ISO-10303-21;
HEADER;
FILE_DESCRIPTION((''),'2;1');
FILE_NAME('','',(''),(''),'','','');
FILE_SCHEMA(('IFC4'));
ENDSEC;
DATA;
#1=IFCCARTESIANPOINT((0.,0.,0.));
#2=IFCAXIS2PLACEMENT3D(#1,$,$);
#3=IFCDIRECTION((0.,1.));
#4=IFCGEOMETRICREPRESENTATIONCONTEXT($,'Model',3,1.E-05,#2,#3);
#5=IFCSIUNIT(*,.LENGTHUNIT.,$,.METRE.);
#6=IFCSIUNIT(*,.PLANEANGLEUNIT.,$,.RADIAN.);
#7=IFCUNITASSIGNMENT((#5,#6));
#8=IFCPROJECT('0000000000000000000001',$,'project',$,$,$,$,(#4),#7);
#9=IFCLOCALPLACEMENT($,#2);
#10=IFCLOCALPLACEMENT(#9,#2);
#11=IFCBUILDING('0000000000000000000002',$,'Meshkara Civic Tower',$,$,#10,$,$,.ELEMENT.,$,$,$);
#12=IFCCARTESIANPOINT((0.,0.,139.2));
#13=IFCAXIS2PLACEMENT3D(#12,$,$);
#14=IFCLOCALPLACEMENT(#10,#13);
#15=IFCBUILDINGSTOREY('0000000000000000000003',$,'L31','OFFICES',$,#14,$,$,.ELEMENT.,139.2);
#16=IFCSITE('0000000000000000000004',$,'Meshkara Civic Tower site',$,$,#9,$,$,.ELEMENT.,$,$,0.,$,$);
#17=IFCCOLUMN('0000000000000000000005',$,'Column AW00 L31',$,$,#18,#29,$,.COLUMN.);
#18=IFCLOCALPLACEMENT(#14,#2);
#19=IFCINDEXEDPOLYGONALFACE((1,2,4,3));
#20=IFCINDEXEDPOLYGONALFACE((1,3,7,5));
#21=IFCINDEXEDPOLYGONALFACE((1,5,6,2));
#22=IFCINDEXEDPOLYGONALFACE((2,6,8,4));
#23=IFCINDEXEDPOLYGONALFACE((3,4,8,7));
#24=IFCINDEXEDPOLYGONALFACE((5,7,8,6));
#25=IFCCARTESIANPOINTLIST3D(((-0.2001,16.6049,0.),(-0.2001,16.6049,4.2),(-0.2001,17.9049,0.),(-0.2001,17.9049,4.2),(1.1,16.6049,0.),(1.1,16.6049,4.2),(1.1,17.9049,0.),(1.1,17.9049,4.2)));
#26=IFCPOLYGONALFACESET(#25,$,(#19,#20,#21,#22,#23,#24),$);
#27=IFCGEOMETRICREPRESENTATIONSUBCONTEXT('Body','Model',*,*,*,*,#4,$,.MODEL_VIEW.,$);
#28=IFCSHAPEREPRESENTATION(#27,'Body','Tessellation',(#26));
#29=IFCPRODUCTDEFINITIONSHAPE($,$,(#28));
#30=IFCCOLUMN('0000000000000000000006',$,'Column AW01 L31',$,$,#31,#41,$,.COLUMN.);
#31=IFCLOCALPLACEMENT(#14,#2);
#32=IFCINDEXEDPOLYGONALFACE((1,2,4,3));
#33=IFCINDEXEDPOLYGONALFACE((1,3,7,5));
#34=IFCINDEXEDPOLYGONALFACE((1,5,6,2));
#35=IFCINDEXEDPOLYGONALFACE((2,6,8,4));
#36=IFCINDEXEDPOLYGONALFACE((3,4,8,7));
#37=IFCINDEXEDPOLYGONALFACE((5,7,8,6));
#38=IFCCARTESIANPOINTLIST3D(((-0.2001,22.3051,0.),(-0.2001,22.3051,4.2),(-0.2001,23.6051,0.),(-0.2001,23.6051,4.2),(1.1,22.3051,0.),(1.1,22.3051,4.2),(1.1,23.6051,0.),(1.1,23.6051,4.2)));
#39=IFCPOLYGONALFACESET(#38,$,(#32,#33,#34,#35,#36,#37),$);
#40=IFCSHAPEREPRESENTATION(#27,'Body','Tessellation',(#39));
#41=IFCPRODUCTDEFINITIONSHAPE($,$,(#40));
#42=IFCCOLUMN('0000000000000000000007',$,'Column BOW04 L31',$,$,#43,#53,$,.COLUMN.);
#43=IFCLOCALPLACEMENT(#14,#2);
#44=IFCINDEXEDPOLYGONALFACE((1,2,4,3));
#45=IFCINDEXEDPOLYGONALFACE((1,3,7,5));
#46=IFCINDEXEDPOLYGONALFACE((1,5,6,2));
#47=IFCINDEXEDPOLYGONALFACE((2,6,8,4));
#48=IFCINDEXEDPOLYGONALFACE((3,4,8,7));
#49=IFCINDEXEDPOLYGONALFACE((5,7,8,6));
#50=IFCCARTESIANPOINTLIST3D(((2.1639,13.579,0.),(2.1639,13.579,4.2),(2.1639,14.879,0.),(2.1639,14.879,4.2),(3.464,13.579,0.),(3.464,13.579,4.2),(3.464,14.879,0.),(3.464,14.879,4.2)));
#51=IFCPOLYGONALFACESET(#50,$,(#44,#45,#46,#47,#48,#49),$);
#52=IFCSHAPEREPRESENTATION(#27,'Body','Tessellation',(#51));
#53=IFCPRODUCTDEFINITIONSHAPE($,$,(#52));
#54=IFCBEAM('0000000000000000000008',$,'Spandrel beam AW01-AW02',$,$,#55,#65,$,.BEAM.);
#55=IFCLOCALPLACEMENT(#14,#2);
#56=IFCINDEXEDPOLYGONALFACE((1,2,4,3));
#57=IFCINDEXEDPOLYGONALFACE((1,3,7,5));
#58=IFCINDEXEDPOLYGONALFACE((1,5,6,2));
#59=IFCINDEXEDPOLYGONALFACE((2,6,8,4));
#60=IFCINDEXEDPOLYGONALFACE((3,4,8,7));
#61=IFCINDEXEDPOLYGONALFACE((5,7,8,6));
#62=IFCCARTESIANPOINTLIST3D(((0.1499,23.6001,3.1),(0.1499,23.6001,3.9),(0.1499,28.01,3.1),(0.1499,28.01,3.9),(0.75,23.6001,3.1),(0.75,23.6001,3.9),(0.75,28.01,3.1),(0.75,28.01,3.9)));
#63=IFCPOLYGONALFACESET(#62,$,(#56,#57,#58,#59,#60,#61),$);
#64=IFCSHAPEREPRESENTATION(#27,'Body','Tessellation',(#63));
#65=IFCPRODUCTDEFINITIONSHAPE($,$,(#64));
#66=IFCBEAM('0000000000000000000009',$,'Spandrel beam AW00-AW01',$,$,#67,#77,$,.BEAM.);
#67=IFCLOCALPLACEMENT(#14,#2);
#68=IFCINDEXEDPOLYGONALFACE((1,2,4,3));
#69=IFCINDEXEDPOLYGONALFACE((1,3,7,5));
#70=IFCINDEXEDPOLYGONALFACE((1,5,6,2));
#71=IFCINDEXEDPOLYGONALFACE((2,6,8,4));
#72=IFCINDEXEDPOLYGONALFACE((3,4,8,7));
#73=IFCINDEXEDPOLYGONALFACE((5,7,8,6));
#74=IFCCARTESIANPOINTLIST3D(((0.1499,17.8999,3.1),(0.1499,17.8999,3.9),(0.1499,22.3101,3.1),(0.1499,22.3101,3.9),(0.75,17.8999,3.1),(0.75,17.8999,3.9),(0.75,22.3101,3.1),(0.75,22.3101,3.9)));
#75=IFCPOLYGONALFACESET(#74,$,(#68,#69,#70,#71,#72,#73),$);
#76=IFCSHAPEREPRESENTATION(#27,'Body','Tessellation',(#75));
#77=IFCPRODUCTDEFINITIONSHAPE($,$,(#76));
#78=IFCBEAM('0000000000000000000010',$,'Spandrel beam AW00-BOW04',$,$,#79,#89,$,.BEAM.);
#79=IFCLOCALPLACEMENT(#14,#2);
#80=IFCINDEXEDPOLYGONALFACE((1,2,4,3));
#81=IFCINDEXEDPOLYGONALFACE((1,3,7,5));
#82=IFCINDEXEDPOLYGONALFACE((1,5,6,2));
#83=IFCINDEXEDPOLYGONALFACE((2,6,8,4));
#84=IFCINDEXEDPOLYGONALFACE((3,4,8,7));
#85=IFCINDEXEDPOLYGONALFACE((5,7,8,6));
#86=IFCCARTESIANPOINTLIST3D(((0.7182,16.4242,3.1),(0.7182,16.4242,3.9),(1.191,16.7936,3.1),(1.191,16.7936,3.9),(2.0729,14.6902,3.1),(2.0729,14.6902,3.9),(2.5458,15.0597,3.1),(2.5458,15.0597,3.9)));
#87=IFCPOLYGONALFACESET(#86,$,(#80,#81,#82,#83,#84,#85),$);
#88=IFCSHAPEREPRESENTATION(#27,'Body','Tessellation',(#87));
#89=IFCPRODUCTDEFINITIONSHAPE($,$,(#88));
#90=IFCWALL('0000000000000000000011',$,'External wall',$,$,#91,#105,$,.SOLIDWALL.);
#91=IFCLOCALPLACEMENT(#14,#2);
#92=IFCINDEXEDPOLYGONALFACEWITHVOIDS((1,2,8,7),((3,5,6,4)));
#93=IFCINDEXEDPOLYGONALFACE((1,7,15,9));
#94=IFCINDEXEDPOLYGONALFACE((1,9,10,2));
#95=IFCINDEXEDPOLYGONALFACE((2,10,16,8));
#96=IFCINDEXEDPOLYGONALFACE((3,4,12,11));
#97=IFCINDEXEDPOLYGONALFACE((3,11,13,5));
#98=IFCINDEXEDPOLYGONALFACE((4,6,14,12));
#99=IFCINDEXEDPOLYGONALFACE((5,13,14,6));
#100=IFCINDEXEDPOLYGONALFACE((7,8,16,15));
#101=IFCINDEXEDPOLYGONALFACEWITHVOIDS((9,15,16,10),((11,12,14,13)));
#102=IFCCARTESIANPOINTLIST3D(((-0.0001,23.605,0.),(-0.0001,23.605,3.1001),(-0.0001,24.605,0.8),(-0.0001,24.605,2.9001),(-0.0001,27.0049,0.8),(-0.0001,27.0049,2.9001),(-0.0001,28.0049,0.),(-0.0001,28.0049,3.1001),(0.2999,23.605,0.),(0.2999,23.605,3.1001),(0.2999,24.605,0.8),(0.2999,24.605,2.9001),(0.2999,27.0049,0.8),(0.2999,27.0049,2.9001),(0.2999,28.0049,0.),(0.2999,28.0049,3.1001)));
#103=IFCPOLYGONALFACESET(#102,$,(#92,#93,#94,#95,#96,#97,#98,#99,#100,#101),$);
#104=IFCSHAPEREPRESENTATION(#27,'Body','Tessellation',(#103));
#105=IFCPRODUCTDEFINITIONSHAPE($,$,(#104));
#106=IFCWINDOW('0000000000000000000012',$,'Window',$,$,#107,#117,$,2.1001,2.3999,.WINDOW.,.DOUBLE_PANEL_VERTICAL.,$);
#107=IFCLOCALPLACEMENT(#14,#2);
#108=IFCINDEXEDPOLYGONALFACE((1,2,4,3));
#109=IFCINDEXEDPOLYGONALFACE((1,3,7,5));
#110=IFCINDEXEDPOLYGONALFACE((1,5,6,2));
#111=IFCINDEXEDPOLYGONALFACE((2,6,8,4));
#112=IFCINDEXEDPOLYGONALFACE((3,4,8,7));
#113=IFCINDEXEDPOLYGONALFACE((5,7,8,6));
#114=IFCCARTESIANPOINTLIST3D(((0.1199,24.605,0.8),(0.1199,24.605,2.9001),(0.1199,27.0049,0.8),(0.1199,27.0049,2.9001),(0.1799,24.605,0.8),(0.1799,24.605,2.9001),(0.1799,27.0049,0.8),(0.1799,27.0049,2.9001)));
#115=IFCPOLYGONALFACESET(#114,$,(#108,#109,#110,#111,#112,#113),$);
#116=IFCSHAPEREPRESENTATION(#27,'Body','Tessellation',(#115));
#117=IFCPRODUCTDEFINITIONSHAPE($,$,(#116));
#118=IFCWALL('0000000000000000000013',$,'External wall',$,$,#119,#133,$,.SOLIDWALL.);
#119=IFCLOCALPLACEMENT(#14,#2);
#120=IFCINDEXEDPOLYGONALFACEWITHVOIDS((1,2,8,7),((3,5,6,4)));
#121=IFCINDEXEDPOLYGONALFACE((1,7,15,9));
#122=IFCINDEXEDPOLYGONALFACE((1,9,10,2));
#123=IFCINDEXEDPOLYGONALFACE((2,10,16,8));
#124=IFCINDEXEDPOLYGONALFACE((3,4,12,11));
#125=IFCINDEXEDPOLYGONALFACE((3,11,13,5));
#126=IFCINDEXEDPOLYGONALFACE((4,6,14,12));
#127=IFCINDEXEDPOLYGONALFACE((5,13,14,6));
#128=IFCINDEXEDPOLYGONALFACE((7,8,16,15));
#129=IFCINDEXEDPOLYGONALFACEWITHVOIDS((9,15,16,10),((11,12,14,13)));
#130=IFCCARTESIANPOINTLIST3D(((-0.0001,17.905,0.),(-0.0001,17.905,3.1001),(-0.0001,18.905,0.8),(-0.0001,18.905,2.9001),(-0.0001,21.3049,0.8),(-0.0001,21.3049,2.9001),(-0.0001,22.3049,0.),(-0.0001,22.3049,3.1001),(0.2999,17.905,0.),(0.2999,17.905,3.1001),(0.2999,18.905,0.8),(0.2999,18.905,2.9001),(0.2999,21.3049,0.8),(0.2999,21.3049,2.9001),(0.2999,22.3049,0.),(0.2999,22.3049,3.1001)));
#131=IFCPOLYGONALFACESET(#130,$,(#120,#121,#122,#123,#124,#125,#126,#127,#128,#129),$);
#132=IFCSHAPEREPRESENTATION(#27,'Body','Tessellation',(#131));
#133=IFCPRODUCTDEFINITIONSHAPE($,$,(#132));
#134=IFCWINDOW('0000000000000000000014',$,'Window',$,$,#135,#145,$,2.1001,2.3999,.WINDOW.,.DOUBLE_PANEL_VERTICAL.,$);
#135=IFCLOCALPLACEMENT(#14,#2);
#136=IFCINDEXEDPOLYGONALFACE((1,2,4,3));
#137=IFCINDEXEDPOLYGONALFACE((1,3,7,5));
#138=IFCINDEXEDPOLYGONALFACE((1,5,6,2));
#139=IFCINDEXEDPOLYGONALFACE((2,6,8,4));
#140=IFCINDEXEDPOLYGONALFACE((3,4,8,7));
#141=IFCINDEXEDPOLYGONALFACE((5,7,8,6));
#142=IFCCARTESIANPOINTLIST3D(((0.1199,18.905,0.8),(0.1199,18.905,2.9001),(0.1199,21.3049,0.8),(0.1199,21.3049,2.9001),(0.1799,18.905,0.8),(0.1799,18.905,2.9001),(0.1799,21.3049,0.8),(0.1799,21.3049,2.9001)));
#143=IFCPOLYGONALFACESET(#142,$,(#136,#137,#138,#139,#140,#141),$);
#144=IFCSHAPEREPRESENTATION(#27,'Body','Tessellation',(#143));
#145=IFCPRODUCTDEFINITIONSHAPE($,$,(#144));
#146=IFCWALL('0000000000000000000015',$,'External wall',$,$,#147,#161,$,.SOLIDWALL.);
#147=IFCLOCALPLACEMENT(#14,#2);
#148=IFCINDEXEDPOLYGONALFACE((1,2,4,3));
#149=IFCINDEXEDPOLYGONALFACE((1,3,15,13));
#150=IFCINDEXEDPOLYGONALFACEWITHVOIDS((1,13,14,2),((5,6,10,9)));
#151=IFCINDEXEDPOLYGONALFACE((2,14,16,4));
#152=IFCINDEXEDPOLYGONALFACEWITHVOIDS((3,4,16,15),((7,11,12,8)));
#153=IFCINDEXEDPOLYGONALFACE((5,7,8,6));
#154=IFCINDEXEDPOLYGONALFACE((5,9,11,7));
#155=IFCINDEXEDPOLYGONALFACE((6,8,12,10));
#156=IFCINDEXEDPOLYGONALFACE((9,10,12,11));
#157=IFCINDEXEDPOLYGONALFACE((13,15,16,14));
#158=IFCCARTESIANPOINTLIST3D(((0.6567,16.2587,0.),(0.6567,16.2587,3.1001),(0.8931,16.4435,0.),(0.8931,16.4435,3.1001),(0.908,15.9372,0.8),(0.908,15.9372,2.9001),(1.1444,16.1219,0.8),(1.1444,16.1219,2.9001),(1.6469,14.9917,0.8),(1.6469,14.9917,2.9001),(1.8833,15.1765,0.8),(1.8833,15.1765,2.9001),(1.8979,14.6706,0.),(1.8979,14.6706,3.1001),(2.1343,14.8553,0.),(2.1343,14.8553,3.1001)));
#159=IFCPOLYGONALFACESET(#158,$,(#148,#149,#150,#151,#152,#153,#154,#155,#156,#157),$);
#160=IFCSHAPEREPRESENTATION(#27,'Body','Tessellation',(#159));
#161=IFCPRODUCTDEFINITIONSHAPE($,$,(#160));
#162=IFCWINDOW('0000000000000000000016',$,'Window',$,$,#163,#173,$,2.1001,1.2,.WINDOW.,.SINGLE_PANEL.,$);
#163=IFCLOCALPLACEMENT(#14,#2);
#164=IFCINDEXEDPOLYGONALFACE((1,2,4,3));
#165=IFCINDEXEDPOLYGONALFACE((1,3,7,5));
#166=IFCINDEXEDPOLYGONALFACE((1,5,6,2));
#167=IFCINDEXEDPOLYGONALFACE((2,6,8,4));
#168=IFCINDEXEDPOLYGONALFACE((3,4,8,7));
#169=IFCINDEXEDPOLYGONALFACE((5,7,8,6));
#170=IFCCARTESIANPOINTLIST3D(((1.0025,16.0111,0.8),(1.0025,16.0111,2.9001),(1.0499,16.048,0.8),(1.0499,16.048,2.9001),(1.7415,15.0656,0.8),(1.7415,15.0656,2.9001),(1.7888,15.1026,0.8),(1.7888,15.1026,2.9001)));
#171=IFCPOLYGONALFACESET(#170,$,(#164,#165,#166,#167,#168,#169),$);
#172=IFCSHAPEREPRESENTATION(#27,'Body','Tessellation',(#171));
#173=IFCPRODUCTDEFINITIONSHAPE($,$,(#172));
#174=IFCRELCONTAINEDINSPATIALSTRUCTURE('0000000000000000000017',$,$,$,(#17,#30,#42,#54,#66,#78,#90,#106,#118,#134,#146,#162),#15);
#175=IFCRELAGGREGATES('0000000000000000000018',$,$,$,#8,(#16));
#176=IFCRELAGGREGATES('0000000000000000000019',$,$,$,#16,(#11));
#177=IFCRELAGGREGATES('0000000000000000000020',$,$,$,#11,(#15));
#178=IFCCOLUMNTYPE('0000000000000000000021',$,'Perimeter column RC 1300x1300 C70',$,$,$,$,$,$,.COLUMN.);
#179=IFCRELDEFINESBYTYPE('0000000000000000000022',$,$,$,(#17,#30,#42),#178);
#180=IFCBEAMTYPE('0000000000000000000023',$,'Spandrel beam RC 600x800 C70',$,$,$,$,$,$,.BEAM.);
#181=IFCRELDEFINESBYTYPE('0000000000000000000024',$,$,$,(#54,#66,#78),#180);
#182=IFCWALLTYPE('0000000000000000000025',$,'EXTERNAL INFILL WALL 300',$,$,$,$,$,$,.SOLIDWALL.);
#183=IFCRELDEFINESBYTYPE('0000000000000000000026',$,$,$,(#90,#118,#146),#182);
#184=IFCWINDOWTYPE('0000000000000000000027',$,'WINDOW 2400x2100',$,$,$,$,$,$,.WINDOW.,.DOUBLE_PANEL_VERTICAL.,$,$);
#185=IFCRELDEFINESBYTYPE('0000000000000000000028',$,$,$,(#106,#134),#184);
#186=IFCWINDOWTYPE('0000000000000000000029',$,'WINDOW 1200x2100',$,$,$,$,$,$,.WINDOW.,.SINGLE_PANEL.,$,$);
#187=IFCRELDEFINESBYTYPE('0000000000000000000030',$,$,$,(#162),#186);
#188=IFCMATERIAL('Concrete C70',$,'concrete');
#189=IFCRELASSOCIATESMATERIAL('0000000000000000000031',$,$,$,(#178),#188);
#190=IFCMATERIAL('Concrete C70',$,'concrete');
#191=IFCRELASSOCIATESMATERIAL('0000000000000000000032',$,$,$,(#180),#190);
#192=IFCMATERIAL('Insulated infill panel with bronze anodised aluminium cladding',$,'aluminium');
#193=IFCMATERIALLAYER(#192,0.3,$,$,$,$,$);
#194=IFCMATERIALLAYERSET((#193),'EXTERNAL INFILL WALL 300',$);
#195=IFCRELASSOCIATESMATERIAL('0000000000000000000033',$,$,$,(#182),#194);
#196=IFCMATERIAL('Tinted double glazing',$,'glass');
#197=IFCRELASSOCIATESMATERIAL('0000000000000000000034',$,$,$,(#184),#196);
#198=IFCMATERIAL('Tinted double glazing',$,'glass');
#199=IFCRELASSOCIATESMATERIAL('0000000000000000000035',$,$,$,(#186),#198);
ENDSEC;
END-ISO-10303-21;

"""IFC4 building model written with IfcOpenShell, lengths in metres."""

from ifc_helpers import new_model, si_unit, direction, frame, frame_2d, origin, origin_2d, place, context, subcontext, project, spatial, rectangle, extrude, material, layer, layer_set, material_profile, profile_set, type_object, element, fill, save


model = new_model("IFC4")

# Units and contexts
model_context = context("Model", 3, precision=1e-05, world=origin(), true_north=direction((0.0, 1.0)))
body_context = subcontext(model_context, "Body", "Model", "MODEL_VIEW")
ifc_project = project(units=[si_unit("LENGTHUNIT", "METRE"), si_unit("PLANEANGLEUNIT", "RADIAN")], contexts=[model_context])

# Site, building, storey
site_placement = place(None, origin())
site = spatial("IfcSite", under=ifc_project, at=site_placement, Name="Meshkara Civic Tower site", CompositionType="ELEMENT", RefElevation=0.0)
building_placement = place(site_placement, origin())
building = spatial("IfcBuilding", under=site, at=building_placement, Name="Meshkara Civic Tower", CompositionType="ELEMENT")
storey_placement = place(building_placement, frame((0.0, 0.0, 139.2)))
storey = spatial("IfcBuildingStorey", under=building, at=storey_placement, Name="L31", Description="OFFICES", CompositionType="ELEMENT", Elevation=139.2)

# Columns
ifc_material_1 = material(Name="Concrete C70", Category="concrete")
ifc_material_profile_1 = material_profile(ifc_material_1, rectangle(XDim=1.3, YDim=1.3, at=origin_2d()))
ifc_profile_set_1 = profile_set([ifc_material_profile_1], Name="Concrete C70")
column_type = type_object("IfcColumnType", Name="Perimeter column RC 1300x1300 C70", PredefinedType="COLUMN", material=ifc_profile_set_1)
for number, where, z_axis, x_axis, name in (
    (1, (0.45, 17.2549, 0.0), (0.0, 0.0, 1.0), (1.0, 0.0, 0.0), "Column AW00 L31"),
    (2, (0.45, 22.9551, 0.0), (0.0, 0.0, 1.0), (1.0, 0.0, 0.0), "Column AW01 L31"),
    (3, (2.814, 14.229, 0.0), (0.0, 0.0, 1.0), (1.0, 0.0, 0.0), "Column BOW04 L31"),
):
    element("IfcColumn", number, at=place(storey_placement, frame(where, z_axis=z_axis, x_axis=x_axis)), inside=storey, type_object=column_type, Name=name, PredefinedType="COLUMN", context=body_context, shape_type="SweptSolid", body=[
        extrude(rectangle(XDim=1.3, YDim=1.3, at=origin_2d()), origin(), (0.0, 0.0, 1.0), 4.2),
    ])

# Beams
ifc_material_2 = material(Name="Concrete C70", Category="concrete")
ifc_material_profile_2 = material_profile(ifc_material_2, rectangle(XDim=0.6001, YDim=0.8, at=origin_2d()))
ifc_profile_set_2 = profile_set([ifc_material_profile_2], Name="Concrete C70")
beam_type = type_object("IfcBeamType", Name="Spandrel beam RC 600x800 C70", PredefinedType="BEAM", material=ifc_profile_set_2)
beam_1_placement = place(storey_placement, frame((0.45, 28.01, 3.5), z_axis=(0.0, -1.0, 0.0), x_axis=(1.0, 0.0, 0.0)))
element("IfcBeam", 4, at=beam_1_placement, inside=storey, type_object=beam_type, Name="Spandrel beam AW01-AW02", PredefinedType="BEAM", context=body_context, shape_type="SweptSolid", body=[
    extrude(rectangle(XDim=0.6001, YDim=0.8, at=origin_2d()), origin(), (0.0, 0.0, 1.0), 4.4099),
])
beam_2_placement = place(storey_placement, frame((0.45, 22.3101, 3.5), z_axis=(0.0, -1.0, 0.0), x_axis=(1.0, 0.0, 0.0)))
element("IfcBeam", 5, at=beam_2_placement, inside=storey, type_object=beam_type, Name="Spandrel beam AW00-AW01", PredefinedType="BEAM", context=body_context, shape_type="SweptSolid", body=[
    extrude(rectangle(XDim=0.6001, YDim=0.8, at=origin_2d()), origin(), (0.0, 0.0, 1.0), 4.4102),
])
beam_3_placement = place(storey_placement, frame((0.9546, 16.6089, 3.5), z_axis=(0.615683, -0.787994, 0.0), x_axis=(0.787994, 0.615683, 0.0)))
element("IfcBeam", 6, at=beam_3_placement, inside=storey, type_object=beam_type, Name="Spandrel beam AW00-BOW04", PredefinedType="BEAM", context=body_context, shape_type="SweptSolid", body=[
    extrude(rectangle(XDim=0.6001, YDim=0.8, at=origin_2d()), origin(), (0.0, 0.0, 1.0), 2.2004),
])

# Walls, openings, windows
ifc_material_3 = material(Name="Insulated infill panel with bronze anodised aluminium cladding", Category="aluminium")
ifc_layer_1 = layer(ifc_material_3, 0.3)
ifc_layer_set_1 = layer_set([ifc_layer_1], Name="EXTERNAL INFILL WALL 300")
wall_type_1 = type_object("IfcWallType", Name="EXTERNAL INFILL WALL 300", PredefinedType="SOLIDWALL", material=ifc_layer_set_1)
wall_1_placement = place(storey_placement, frame((0.1499, 28.0049, 0.0), z_axis=(0.0, 0.0, 1.0), x_axis=(0.0, -1.0, 0.0)))
wall_1 = element("IfcWall", 7, at=wall_1_placement, inside=storey, type_object=wall_type_1, Name="External wall", PredefinedType="SOLIDWALL", context=body_context, shape_type="SweptSolid", body=[
    extrude(rectangle(XDim=4.3999, YDim=0.3, at=frame_2d((2.2, 0.0))), origin(), (0.0, 0.0, 1.0), 3.1001),
])
opening_1_placement = place(wall_1_placement, frame((1.0, 0.0, 0.8)))
opening_1 = element("IfcOpeningElement", 8, at=opening_1_placement, cuts=wall_1, PredefinedType="OPENING", context=body_context, shape_type="SweptSolid", body=[
    extrude(rectangle(XDim=2.3999, YDim=2.1001, at=frame_2d((1.2, 1.05))), frame((0.0, 0.1599, 0.0), z_axis=(0.0, -1.0, 0.0), x_axis=(1.0, 0.0, 0.0)), (0.0, 0.0, 1.0), 0.3201),
])
ifc_material_4 = material(Name="Tinted double glazing", Category="glass")
window_type_1 = type_object("IfcWindowType", Name="WINDOW 2400x2100", PartitioningType="DOUBLE_PANEL_VERTICAL", PredefinedType="WINDOW", material=ifc_material_4)
window_1_placement = place(opening_1_placement, origin())
window_1 = element("IfcWindow", 9, at=window_1_placement, inside=storey, type_object=window_type_1, Name="Window", OverallHeight=2.1001, OverallWidth=2.3999, PartitioningType="DOUBLE_PANEL_VERTICAL", PredefinedType="WINDOW", context=body_context, shape_type="SweptSolid", body=[
    extrude(rectangle(XDim=2.3999, YDim=2.1001, at=frame_2d((1.2, 1.05))), frame((0.0, 0.03, 0.0), z_axis=(0.0, -1.0, 0.0), x_axis=(1.0, 0.0, 0.0)), (0.0, 0.0, 1.0), 0.0601),
])
fill(opening_1, window_1)
wall_2_placement = place(storey_placement, frame((0.1499, 22.3049, 0.0), z_axis=(0.0, 0.0, 1.0), x_axis=(0.0, -1.0, 0.0)))
wall_2 = element("IfcWall", 10, at=wall_2_placement, inside=storey, type_object=wall_type_1, Name="External wall", PredefinedType="SOLIDWALL", context=body_context, shape_type="SweptSolid", body=[
    extrude(rectangle(XDim=4.3999, YDim=0.3, at=frame_2d((2.2, 0.0))), origin(), (0.0, 0.0, 1.0), 3.1001),
])
opening_2_placement = place(wall_2_placement, frame((1.0, 0.0, 0.8)))
opening_2 = element("IfcOpeningElement", 11, at=opening_2_placement, cuts=wall_2, PredefinedType="OPENING", context=body_context, shape_type="SweptSolid", body=[
    extrude(rectangle(XDim=2.3999, YDim=2.1001, at=frame_2d((1.2, 1.05))), frame((0.0, 0.1599, 0.0), z_axis=(0.0, -1.0, 0.0), x_axis=(1.0, 0.0, 0.0)), (0.0, 0.0, 1.0), 0.3201),
])
window_2_placement = place(opening_2_placement, origin())
window_2 = element("IfcWindow", 12, at=window_2_placement, inside=storey, type_object=window_type_1, Name="Window", OverallHeight=2.1001, OverallWidth=2.3999, PartitioningType="DOUBLE_PANEL_VERTICAL", PredefinedType="WINDOW", context=body_context, shape_type="SweptSolid", body=[
    extrude(rectangle(XDim=2.3999, YDim=2.1001, at=frame_2d((1.2, 1.05))), frame((0.0, 0.03, 0.0), z_axis=(0.0, -1.0, 0.0), x_axis=(1.0, 0.0, 0.0)), (0.0, 0.0, 1.0), 0.0601),
])
fill(opening_2, window_2)
wall_3_placement = place(storey_placement, frame((0.7749, 16.3511, 0.0), z_axis=(0.0, 0.0, 1.0), x_axis=(0.615792, -0.787909, 0.0)))
wall_3 = element("IfcWall", 13, at=wall_3_placement, inside=storey, type_object=wall_type_1, Name="External wall", PredefinedType="SOLIDWALL", context=body_context, shape_type="SweptSolid", body=[
    extrude(rectangle(XDim=2.0156, YDim=0.3, at=frame_2d((1.0078, 0.0))), origin(), (0.0, 0.0, 1.0), 3.1001),
])
opening_3_placement = place(wall_3_placement, frame((0.408, 0.0, 0.8)))
opening_3 = element("IfcOpeningElement", 14, at=opening_3_placement, cuts=wall_3, PredefinedType="OPENING", context=body_context, shape_type="SweptSolid", body=[
    extrude(rectangle(XDim=1.2, YDim=2.1001, at=frame_2d((0.6001, 1.05))), frame((0.0, 0.1599, 0.0), z_axis=(0.0, -1.0, 0.0), x_axis=(1.0, 0.0, 0.0)), (0.0, 0.0, 1.0), 0.3201),
])
ifc_material_5 = material(Name="Tinted double glazing", Category="glass")
window_type_2 = type_object("IfcWindowType", Name="WINDOW 1200x2100", PartitioningType="SINGLE_PANEL", PredefinedType="WINDOW", material=ifc_material_5)
window_3_placement = place(opening_3_placement, origin())
window_3 = element("IfcWindow", 15, at=window_3_placement, inside=storey, type_object=window_type_2, Name="Window", OverallHeight=2.1001, OverallWidth=1.2, PartitioningType="SINGLE_PANEL", PredefinedType="WINDOW", context=body_context, shape_type="SweptSolid", body=[
    extrude(rectangle(XDim=1.2, YDim=2.1001, at=frame_2d((0.6001, 1.05))), frame((0.0, 0.03, 0.0), z_axis=(0.0, -1.0, 0.0), x_axis=(1.0, 0.0, 0.0)), (0.0, 0.0, 1.0), 0.0601),
])
fill(opening_3, window_3)

save(model, "model.ifc")
